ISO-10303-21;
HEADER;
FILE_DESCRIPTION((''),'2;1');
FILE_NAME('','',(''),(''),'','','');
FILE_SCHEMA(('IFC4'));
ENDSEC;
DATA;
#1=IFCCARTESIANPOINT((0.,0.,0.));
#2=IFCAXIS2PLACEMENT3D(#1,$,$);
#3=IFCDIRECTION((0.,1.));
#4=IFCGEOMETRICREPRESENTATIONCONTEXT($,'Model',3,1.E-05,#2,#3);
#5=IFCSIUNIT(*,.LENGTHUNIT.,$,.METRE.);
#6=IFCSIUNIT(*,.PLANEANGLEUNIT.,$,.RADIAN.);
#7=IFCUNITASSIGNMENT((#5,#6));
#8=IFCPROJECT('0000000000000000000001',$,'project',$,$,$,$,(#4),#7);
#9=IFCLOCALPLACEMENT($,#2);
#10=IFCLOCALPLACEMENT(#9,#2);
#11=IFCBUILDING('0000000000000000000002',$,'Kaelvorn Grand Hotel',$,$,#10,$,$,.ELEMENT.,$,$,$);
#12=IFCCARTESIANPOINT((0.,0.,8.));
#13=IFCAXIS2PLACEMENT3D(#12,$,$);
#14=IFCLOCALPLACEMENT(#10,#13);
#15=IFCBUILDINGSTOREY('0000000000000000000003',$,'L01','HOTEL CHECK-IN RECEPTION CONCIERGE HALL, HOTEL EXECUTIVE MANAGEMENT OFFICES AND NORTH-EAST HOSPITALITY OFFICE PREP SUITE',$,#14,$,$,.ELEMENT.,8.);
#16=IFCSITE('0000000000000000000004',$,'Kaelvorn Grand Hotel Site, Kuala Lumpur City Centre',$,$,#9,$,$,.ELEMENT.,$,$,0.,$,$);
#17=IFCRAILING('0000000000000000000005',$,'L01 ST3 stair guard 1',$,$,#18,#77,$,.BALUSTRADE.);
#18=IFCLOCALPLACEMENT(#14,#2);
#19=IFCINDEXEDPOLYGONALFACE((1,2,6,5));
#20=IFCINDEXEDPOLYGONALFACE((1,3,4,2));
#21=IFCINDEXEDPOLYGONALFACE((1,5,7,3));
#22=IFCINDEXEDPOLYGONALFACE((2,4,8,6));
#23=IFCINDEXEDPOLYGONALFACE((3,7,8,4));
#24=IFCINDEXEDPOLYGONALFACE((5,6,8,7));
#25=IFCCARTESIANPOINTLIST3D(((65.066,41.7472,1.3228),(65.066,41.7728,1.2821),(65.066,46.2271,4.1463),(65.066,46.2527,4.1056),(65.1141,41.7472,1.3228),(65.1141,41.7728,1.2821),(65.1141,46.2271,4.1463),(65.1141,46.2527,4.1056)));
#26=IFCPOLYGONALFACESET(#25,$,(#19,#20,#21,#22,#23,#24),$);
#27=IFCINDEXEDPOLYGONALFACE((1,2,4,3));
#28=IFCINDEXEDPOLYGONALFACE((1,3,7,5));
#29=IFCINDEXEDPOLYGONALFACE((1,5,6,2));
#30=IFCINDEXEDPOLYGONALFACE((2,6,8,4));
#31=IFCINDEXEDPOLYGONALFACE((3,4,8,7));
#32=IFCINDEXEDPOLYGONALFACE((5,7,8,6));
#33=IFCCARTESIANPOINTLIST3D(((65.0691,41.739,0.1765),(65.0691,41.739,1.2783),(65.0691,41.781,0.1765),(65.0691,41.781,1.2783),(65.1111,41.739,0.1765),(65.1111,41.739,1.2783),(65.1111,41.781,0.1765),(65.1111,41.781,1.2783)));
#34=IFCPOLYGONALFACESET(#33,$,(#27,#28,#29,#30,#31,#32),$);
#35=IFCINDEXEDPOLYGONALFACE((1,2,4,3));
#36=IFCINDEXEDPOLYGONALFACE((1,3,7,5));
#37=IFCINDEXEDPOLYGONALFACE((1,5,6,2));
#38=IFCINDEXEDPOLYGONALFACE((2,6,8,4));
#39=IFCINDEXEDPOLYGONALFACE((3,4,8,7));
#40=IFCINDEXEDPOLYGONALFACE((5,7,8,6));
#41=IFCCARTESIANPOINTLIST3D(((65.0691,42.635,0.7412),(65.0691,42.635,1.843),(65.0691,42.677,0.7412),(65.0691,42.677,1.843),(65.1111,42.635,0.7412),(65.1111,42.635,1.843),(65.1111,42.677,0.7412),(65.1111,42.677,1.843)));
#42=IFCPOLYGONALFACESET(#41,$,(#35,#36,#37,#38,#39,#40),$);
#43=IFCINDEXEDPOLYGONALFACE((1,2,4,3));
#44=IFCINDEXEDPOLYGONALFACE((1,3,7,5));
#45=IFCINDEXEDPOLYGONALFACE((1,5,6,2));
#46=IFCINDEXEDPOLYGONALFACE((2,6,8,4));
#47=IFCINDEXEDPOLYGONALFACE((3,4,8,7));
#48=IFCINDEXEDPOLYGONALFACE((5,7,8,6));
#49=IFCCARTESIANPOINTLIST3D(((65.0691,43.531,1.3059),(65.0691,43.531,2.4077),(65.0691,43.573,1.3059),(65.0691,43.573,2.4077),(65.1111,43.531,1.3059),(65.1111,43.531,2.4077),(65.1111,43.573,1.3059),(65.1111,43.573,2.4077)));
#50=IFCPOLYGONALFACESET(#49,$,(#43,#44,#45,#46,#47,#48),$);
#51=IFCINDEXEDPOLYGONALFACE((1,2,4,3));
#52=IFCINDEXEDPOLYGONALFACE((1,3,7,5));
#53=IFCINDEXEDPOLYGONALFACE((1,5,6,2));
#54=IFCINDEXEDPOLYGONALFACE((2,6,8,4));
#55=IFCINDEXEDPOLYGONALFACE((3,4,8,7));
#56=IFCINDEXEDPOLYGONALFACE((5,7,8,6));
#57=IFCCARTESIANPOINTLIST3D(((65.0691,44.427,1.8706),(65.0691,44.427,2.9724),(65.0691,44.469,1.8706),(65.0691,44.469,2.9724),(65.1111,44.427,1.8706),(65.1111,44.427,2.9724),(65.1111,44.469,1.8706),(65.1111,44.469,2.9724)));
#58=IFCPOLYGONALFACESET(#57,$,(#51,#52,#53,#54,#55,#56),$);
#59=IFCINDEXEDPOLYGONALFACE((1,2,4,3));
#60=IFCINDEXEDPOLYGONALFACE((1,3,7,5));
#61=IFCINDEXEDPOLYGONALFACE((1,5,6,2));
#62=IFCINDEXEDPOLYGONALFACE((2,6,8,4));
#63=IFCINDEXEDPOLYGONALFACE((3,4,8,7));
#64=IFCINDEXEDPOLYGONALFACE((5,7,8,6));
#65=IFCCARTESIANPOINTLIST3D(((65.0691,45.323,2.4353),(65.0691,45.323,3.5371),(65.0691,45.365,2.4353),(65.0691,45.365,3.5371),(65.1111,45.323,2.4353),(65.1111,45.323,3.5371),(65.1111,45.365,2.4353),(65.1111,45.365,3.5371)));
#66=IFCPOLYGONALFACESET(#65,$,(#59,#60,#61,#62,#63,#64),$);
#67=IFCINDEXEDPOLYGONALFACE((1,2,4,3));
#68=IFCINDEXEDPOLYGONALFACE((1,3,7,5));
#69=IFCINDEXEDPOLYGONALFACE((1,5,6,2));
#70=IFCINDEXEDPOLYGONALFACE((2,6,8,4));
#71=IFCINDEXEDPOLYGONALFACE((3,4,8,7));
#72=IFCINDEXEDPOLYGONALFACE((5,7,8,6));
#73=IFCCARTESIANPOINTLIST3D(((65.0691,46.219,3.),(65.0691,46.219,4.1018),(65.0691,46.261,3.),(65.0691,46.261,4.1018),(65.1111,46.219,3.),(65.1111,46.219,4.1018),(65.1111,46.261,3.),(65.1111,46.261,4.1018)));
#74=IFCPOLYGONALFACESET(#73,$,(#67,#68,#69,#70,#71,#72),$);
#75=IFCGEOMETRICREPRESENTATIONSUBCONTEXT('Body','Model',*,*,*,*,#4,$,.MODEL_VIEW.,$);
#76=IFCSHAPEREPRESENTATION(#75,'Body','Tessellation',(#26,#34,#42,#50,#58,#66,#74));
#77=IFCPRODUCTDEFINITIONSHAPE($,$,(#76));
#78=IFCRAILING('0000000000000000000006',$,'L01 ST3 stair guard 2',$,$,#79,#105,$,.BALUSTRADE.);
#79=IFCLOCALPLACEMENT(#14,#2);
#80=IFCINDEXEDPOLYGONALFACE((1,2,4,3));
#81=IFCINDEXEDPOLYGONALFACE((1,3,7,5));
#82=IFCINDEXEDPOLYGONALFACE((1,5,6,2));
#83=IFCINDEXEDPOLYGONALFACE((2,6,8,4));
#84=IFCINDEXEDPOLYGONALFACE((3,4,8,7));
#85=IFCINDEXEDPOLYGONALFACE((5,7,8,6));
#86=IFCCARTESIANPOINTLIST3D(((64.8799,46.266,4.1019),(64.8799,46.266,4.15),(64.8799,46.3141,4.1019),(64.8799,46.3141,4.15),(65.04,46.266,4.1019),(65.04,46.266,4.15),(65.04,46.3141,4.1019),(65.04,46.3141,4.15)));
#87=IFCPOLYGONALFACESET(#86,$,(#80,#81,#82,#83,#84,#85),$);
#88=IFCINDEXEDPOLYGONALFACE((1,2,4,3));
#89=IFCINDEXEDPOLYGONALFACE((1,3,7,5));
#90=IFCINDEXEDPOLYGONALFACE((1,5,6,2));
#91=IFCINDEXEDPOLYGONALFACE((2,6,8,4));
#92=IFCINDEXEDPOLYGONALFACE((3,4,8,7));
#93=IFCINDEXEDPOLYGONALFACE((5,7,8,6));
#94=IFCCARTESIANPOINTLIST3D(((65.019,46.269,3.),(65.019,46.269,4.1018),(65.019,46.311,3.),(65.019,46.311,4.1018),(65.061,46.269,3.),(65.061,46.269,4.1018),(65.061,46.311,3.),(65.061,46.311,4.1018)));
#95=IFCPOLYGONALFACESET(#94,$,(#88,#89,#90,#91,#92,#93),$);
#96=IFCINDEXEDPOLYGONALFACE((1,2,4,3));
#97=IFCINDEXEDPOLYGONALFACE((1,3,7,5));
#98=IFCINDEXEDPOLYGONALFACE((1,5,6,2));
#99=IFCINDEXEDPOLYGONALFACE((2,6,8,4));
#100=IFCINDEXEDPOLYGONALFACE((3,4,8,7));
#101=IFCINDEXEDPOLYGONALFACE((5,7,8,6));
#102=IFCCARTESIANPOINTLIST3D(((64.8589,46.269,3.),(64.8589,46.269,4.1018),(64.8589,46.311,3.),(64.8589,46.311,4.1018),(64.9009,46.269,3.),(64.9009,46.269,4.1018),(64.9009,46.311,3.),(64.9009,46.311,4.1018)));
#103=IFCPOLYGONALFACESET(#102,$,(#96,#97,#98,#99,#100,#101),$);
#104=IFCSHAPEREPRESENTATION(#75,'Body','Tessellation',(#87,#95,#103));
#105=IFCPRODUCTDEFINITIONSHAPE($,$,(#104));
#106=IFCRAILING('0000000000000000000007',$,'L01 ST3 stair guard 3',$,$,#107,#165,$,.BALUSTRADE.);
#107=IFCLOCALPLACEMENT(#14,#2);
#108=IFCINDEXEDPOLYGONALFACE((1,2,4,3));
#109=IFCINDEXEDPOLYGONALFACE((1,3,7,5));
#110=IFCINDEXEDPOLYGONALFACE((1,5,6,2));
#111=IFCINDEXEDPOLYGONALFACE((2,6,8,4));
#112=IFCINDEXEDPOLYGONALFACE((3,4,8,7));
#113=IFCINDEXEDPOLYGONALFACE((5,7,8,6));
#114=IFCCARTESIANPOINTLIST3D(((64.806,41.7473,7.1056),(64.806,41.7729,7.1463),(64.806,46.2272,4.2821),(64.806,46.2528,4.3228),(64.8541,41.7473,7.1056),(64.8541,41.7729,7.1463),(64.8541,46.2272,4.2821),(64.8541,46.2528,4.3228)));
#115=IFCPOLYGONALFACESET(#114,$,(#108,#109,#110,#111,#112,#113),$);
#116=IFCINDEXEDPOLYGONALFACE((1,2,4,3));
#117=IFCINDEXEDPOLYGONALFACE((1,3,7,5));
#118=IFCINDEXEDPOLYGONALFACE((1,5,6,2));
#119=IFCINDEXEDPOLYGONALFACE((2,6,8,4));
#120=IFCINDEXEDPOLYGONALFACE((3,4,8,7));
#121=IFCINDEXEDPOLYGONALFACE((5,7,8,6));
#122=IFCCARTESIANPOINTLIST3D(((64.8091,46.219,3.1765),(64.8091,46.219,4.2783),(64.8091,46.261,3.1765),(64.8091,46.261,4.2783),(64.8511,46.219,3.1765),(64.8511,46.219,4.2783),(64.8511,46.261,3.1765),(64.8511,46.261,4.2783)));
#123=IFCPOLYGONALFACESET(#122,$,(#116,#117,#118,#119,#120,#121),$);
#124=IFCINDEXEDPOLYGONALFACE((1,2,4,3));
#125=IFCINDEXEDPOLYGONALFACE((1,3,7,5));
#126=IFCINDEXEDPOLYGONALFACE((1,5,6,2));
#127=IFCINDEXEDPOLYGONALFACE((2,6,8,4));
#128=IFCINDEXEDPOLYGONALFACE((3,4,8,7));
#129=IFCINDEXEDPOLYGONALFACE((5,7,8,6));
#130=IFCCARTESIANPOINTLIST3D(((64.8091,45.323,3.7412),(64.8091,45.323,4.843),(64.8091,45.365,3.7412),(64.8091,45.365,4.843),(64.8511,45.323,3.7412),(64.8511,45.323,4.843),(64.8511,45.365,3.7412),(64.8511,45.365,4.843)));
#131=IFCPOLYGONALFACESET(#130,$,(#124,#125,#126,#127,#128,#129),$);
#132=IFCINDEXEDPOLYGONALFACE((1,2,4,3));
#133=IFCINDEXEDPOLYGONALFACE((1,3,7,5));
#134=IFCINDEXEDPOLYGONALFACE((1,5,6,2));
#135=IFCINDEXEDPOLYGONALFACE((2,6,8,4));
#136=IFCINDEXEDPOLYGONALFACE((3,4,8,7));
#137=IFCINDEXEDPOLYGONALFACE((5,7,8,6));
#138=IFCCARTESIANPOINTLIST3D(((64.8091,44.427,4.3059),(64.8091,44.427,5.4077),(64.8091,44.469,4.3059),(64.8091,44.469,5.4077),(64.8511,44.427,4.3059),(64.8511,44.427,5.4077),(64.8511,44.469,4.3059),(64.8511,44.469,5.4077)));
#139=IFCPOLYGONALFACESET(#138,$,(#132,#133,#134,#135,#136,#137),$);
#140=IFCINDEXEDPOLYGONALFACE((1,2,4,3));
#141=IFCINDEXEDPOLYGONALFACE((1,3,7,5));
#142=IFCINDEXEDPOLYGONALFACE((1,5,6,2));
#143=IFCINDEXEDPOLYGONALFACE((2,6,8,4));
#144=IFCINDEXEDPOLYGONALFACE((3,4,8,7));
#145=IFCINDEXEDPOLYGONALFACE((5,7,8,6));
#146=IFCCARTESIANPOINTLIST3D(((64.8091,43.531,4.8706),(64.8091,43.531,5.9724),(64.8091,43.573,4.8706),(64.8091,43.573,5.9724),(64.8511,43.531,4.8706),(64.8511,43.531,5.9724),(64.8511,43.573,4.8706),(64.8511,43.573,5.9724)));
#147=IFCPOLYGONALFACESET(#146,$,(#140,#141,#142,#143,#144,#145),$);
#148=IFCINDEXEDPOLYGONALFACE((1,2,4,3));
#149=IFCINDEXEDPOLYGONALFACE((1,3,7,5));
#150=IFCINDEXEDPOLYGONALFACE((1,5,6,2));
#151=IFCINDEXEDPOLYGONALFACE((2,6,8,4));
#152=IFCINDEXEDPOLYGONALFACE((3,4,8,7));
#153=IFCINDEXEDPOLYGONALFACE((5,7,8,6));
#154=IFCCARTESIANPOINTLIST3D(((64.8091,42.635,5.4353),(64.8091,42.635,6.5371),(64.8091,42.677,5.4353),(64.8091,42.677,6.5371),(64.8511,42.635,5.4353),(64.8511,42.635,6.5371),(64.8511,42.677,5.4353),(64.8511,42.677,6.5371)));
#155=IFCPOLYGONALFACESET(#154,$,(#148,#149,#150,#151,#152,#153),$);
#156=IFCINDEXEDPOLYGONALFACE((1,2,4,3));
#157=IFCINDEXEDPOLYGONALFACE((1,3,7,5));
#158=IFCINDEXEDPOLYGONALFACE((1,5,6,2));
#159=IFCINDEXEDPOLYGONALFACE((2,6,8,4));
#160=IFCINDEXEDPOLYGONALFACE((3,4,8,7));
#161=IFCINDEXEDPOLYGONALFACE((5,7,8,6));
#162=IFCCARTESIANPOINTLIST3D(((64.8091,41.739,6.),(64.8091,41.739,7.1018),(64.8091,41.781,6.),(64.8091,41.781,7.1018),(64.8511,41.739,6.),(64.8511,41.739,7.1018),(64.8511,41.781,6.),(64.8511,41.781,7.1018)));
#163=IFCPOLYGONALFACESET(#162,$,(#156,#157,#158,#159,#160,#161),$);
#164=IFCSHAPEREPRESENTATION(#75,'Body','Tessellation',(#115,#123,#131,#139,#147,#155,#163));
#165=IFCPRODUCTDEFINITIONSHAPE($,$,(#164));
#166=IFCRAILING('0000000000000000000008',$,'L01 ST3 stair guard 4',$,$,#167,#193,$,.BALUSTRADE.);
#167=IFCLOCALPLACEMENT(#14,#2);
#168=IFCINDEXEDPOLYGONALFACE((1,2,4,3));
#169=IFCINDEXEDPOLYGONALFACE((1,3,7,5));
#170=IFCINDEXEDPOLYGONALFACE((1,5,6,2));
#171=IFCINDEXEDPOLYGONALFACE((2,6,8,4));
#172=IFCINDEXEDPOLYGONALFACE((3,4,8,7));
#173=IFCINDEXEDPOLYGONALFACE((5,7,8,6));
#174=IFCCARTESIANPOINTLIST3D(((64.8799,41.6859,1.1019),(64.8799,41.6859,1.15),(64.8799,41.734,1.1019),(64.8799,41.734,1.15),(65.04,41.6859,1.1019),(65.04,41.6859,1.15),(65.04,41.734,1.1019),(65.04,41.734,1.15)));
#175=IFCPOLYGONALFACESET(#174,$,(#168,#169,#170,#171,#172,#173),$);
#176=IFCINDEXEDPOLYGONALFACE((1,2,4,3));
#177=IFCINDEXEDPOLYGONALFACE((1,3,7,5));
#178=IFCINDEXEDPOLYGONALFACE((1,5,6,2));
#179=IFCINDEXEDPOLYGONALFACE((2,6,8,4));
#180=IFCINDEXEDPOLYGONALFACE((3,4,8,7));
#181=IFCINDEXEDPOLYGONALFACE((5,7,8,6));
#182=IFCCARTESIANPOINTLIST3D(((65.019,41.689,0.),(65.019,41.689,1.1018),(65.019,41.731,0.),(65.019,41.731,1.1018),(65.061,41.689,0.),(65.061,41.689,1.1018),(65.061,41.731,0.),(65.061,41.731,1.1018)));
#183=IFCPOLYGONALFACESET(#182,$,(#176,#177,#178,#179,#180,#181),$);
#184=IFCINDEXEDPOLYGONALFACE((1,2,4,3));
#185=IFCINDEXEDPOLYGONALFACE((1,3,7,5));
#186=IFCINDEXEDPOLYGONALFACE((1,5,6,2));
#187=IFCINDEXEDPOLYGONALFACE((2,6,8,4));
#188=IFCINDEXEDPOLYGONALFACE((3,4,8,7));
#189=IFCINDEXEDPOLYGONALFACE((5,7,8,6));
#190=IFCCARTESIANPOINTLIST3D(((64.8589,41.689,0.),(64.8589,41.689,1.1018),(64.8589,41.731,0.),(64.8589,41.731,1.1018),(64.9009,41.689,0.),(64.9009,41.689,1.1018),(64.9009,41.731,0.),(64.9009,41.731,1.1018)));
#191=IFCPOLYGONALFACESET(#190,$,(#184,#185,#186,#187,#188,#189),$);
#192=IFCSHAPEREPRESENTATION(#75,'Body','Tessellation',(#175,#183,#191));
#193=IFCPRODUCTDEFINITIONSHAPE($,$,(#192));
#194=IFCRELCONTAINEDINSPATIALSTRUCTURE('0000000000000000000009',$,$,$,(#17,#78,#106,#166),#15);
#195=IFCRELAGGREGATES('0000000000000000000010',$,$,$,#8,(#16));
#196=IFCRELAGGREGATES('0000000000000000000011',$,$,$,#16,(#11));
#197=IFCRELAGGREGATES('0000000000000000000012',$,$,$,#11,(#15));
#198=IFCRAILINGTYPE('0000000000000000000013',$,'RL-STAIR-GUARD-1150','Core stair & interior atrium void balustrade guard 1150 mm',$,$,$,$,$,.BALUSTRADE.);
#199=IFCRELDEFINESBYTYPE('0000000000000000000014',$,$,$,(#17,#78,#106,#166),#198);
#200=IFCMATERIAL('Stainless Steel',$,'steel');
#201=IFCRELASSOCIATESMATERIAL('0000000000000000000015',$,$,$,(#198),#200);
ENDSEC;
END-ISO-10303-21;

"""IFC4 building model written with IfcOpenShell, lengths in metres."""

from ifc_helpers import new_model, si_unit, direction, frame, origin, origin_2d, place, context, subcontext, project, spatial, rectangle, extrude, material, type_object, element, save


model = new_model("IFC4")

# Units and contexts
model_context = context("Model", 3, precision=1e-05, world=origin(), true_north=direction((0.0, 1.0)))
body_context = subcontext(model_context, "Body", "Model", "MODEL_VIEW")
ifc_project = project(units=[si_unit("LENGTHUNIT", "METRE"), si_unit("PLANEANGLEUNIT", "RADIAN")], contexts=[model_context])

# Site, building, storey
site_placement = place(None, origin())
site = spatial("IfcSite", under=ifc_project, at=site_placement, Name="Kaelvorn Grand Hotel Site, Kuala Lumpur City Centre", CompositionType="ELEMENT", RefElevation=0.0)
building_placement = place(site_placement, origin())
building = spatial("IfcBuilding", under=site, at=building_placement, Name="Kaelvorn Grand Hotel", CompositionType="ELEMENT")
storey_placement = place(building_placement, frame((0.0, 0.0, 8.0)))
storey = spatial("IfcBuildingStorey", under=building, at=storey_placement, Name="L01", Description="HOTEL CHECK-IN RECEPTION CONCIERGE HALL, HOTEL EXECUTIVE MANAGEMENT OFFICES AND NORTH-EAST HOSPITALITY OFFICE PREP SUITE", CompositionType="ELEMENT", Elevation=8.0)

# Railings
ifc_material_1 = material(Name="Stainless Steel", Category="steel")
railing_type_1 = type_object("IfcRailingType", Name="RL-STAIR-GUARD-1150", Description="Core stair & interior atrium void balustrade guard 1150 mm", PredefinedType="BALUSTRADE", material=ifc_material_1)
railing_1_placement = place(storey_placement, frame((65.0901, 41.76, 0.1765)))
element("IfcRailing", 1, at=railing_1_placement, inside=storey, type_object=railing_type_1, Name="L01 ST3 stair guard 1", PredefinedType="BALUSTRADE", context=body_context, shape_type="SweptSolid", body=[
    extrude(rectangle(XDim=0.0481, YDim=0.0481, at=origin_2d()), frame((0.0, 0.0, 1.126), z_axis=(0.0, 0.845998, 0.533186), x_axis=(-1.0, 0.0, 0.0)), (0.0, 0.0, 1.0), 5.2954),
    extrude(rectangle(XDim=0.042, YDim=0.042, at=origin_2d()), origin(), (0.0, 0.0, 1.0), 1.1018),
    extrude(rectangle(XDim=0.042, YDim=0.042, at=origin_2d()), frame((0.0, 0.896, 0.5647)), (0.0, 0.0, 1.0), 1.1018),
    extrude(rectangle(XDim=0.042, YDim=0.042, at=origin_2d()), frame((0.0, 1.792, 1.1294)), (0.0, 0.0, 1.0), 1.1018),
    extrude(rectangle(XDim=0.042, YDim=0.042, at=origin_2d()), frame((0.0, 2.688, 1.6941)), (0.0, 0.0, 1.0), 1.1018),
    extrude(rectangle(XDim=0.042, YDim=0.042, at=origin_2d()), frame((0.0, 3.584, 2.2588)), (0.0, 0.0, 1.0), 1.1018),
    extrude(rectangle(XDim=0.042, YDim=0.042, at=origin_2d()), frame((0.0, 4.48, 2.8235)), (0.0, 0.0, 1.0), 1.1018),
])
railing_2_placement = place(storey_placement, frame((65.04, 46.29, 3.0)))
element("IfcRailing", 2, at=railing_2_placement, inside=storey, type_object=railing_type_1, Name="L01 ST3 stair guard 2", PredefinedType="BALUSTRADE", context=body_context, shape_type="SweptSolid", body=[
    extrude(rectangle(XDim=0.0481, YDim=0.0481, at=origin_2d()), frame((0.0, 0.0, 1.126), z_axis=(-1.0, 0.0, 0.0), x_axis=(0.0, -1.0, 0.0)), (0.0, 0.0, 1.0), 0.1602),
    extrude(rectangle(XDim=0.042, YDim=0.042, at=origin_2d()), origin(), (0.0, 0.0, 1.0), 1.1018),
    extrude(rectangle(XDim=0.042, YDim=0.042, at=origin_2d()), frame((-0.1602, 0.0, 0.0)), (0.0, 0.0, 1.0), 1.1018),
])
railing_3_placement = place(storey_placement, frame((64.8301, 46.24, 3.1765)))
element("IfcRailing", 3, at=railing_3_placement, inside=storey, type_object=railing_type_1, Name="L01 ST3 stair guard 3", PredefinedType="BALUSTRADE", context=body_context, shape_type="SweptSolid", body=[
    extrude(rectangle(XDim=0.0481, YDim=0.0481, at=origin_2d()), frame((0.0, 0.0, 1.126), z_axis=(0.0, -0.845998, 0.533186), x_axis=(1.0, 0.0, 0.0)), (0.0, 0.0, 1.0), 5.2954),
    extrude(rectangle(XDim=0.042, YDim=0.042, at=origin_2d()), origin(), (0.0, 0.0, 1.0), 1.1018),
    extrude(rectangle(XDim=0.042, YDim=0.042, at=origin_2d()), frame((0.0, -0.896, 0.5647)), (0.0, 0.0, 1.0), 1.1018),
    extrude(rectangle(XDim=0.042, YDim=0.042, at=origin_2d()), frame((0.0, -1.792, 1.1294)), (0.0, 0.0, 1.0), 1.1018),
    extrude(rectangle(XDim=0.042, YDim=0.042, at=origin_2d()), frame((0.0, -2.688, 1.6941)), (0.0, 0.0, 1.0), 1.1018),
    extrude(rectangle(XDim=0.042, YDim=0.042, at=origin_2d()), frame((0.0, -3.584, 2.2588)), (0.0, 0.0, 1.0), 1.1018),
    extrude(rectangle(XDim=0.042, YDim=0.042, at=origin_2d()), frame((0.0, -4.48, 2.8235)), (0.0, 0.0, 1.0), 1.1018),
])
railing_4_placement = place(storey_placement, frame((65.04, 41.71, 0.0)))
element("IfcRailing", 4, at=railing_4_placement, inside=storey, type_object=railing_type_1, Name="L01 ST3 stair guard 4", PredefinedType="BALUSTRADE", context=body_context, shape_type="SweptSolid", body=[
    extrude(rectangle(XDim=0.0481, YDim=0.0481, at=origin_2d()), frame((0.0, 0.0, 1.126), z_axis=(-1.0, 0.0, 0.0), x_axis=(0.0, -1.0, 0.0)), (0.0, 0.0, 1.0), 0.1602),
    extrude(rectangle(XDim=0.042, YDim=0.042, at=origin_2d()), origin(), (0.0, 0.0, 1.0), 1.1018),
    extrude(rectangle(XDim=0.042, YDim=0.042, at=origin_2d()), frame((-0.1602, 0.0, 0.0)), (0.0, 0.0, 1.0), 1.1018),
])

save(model, "model.ifc")
